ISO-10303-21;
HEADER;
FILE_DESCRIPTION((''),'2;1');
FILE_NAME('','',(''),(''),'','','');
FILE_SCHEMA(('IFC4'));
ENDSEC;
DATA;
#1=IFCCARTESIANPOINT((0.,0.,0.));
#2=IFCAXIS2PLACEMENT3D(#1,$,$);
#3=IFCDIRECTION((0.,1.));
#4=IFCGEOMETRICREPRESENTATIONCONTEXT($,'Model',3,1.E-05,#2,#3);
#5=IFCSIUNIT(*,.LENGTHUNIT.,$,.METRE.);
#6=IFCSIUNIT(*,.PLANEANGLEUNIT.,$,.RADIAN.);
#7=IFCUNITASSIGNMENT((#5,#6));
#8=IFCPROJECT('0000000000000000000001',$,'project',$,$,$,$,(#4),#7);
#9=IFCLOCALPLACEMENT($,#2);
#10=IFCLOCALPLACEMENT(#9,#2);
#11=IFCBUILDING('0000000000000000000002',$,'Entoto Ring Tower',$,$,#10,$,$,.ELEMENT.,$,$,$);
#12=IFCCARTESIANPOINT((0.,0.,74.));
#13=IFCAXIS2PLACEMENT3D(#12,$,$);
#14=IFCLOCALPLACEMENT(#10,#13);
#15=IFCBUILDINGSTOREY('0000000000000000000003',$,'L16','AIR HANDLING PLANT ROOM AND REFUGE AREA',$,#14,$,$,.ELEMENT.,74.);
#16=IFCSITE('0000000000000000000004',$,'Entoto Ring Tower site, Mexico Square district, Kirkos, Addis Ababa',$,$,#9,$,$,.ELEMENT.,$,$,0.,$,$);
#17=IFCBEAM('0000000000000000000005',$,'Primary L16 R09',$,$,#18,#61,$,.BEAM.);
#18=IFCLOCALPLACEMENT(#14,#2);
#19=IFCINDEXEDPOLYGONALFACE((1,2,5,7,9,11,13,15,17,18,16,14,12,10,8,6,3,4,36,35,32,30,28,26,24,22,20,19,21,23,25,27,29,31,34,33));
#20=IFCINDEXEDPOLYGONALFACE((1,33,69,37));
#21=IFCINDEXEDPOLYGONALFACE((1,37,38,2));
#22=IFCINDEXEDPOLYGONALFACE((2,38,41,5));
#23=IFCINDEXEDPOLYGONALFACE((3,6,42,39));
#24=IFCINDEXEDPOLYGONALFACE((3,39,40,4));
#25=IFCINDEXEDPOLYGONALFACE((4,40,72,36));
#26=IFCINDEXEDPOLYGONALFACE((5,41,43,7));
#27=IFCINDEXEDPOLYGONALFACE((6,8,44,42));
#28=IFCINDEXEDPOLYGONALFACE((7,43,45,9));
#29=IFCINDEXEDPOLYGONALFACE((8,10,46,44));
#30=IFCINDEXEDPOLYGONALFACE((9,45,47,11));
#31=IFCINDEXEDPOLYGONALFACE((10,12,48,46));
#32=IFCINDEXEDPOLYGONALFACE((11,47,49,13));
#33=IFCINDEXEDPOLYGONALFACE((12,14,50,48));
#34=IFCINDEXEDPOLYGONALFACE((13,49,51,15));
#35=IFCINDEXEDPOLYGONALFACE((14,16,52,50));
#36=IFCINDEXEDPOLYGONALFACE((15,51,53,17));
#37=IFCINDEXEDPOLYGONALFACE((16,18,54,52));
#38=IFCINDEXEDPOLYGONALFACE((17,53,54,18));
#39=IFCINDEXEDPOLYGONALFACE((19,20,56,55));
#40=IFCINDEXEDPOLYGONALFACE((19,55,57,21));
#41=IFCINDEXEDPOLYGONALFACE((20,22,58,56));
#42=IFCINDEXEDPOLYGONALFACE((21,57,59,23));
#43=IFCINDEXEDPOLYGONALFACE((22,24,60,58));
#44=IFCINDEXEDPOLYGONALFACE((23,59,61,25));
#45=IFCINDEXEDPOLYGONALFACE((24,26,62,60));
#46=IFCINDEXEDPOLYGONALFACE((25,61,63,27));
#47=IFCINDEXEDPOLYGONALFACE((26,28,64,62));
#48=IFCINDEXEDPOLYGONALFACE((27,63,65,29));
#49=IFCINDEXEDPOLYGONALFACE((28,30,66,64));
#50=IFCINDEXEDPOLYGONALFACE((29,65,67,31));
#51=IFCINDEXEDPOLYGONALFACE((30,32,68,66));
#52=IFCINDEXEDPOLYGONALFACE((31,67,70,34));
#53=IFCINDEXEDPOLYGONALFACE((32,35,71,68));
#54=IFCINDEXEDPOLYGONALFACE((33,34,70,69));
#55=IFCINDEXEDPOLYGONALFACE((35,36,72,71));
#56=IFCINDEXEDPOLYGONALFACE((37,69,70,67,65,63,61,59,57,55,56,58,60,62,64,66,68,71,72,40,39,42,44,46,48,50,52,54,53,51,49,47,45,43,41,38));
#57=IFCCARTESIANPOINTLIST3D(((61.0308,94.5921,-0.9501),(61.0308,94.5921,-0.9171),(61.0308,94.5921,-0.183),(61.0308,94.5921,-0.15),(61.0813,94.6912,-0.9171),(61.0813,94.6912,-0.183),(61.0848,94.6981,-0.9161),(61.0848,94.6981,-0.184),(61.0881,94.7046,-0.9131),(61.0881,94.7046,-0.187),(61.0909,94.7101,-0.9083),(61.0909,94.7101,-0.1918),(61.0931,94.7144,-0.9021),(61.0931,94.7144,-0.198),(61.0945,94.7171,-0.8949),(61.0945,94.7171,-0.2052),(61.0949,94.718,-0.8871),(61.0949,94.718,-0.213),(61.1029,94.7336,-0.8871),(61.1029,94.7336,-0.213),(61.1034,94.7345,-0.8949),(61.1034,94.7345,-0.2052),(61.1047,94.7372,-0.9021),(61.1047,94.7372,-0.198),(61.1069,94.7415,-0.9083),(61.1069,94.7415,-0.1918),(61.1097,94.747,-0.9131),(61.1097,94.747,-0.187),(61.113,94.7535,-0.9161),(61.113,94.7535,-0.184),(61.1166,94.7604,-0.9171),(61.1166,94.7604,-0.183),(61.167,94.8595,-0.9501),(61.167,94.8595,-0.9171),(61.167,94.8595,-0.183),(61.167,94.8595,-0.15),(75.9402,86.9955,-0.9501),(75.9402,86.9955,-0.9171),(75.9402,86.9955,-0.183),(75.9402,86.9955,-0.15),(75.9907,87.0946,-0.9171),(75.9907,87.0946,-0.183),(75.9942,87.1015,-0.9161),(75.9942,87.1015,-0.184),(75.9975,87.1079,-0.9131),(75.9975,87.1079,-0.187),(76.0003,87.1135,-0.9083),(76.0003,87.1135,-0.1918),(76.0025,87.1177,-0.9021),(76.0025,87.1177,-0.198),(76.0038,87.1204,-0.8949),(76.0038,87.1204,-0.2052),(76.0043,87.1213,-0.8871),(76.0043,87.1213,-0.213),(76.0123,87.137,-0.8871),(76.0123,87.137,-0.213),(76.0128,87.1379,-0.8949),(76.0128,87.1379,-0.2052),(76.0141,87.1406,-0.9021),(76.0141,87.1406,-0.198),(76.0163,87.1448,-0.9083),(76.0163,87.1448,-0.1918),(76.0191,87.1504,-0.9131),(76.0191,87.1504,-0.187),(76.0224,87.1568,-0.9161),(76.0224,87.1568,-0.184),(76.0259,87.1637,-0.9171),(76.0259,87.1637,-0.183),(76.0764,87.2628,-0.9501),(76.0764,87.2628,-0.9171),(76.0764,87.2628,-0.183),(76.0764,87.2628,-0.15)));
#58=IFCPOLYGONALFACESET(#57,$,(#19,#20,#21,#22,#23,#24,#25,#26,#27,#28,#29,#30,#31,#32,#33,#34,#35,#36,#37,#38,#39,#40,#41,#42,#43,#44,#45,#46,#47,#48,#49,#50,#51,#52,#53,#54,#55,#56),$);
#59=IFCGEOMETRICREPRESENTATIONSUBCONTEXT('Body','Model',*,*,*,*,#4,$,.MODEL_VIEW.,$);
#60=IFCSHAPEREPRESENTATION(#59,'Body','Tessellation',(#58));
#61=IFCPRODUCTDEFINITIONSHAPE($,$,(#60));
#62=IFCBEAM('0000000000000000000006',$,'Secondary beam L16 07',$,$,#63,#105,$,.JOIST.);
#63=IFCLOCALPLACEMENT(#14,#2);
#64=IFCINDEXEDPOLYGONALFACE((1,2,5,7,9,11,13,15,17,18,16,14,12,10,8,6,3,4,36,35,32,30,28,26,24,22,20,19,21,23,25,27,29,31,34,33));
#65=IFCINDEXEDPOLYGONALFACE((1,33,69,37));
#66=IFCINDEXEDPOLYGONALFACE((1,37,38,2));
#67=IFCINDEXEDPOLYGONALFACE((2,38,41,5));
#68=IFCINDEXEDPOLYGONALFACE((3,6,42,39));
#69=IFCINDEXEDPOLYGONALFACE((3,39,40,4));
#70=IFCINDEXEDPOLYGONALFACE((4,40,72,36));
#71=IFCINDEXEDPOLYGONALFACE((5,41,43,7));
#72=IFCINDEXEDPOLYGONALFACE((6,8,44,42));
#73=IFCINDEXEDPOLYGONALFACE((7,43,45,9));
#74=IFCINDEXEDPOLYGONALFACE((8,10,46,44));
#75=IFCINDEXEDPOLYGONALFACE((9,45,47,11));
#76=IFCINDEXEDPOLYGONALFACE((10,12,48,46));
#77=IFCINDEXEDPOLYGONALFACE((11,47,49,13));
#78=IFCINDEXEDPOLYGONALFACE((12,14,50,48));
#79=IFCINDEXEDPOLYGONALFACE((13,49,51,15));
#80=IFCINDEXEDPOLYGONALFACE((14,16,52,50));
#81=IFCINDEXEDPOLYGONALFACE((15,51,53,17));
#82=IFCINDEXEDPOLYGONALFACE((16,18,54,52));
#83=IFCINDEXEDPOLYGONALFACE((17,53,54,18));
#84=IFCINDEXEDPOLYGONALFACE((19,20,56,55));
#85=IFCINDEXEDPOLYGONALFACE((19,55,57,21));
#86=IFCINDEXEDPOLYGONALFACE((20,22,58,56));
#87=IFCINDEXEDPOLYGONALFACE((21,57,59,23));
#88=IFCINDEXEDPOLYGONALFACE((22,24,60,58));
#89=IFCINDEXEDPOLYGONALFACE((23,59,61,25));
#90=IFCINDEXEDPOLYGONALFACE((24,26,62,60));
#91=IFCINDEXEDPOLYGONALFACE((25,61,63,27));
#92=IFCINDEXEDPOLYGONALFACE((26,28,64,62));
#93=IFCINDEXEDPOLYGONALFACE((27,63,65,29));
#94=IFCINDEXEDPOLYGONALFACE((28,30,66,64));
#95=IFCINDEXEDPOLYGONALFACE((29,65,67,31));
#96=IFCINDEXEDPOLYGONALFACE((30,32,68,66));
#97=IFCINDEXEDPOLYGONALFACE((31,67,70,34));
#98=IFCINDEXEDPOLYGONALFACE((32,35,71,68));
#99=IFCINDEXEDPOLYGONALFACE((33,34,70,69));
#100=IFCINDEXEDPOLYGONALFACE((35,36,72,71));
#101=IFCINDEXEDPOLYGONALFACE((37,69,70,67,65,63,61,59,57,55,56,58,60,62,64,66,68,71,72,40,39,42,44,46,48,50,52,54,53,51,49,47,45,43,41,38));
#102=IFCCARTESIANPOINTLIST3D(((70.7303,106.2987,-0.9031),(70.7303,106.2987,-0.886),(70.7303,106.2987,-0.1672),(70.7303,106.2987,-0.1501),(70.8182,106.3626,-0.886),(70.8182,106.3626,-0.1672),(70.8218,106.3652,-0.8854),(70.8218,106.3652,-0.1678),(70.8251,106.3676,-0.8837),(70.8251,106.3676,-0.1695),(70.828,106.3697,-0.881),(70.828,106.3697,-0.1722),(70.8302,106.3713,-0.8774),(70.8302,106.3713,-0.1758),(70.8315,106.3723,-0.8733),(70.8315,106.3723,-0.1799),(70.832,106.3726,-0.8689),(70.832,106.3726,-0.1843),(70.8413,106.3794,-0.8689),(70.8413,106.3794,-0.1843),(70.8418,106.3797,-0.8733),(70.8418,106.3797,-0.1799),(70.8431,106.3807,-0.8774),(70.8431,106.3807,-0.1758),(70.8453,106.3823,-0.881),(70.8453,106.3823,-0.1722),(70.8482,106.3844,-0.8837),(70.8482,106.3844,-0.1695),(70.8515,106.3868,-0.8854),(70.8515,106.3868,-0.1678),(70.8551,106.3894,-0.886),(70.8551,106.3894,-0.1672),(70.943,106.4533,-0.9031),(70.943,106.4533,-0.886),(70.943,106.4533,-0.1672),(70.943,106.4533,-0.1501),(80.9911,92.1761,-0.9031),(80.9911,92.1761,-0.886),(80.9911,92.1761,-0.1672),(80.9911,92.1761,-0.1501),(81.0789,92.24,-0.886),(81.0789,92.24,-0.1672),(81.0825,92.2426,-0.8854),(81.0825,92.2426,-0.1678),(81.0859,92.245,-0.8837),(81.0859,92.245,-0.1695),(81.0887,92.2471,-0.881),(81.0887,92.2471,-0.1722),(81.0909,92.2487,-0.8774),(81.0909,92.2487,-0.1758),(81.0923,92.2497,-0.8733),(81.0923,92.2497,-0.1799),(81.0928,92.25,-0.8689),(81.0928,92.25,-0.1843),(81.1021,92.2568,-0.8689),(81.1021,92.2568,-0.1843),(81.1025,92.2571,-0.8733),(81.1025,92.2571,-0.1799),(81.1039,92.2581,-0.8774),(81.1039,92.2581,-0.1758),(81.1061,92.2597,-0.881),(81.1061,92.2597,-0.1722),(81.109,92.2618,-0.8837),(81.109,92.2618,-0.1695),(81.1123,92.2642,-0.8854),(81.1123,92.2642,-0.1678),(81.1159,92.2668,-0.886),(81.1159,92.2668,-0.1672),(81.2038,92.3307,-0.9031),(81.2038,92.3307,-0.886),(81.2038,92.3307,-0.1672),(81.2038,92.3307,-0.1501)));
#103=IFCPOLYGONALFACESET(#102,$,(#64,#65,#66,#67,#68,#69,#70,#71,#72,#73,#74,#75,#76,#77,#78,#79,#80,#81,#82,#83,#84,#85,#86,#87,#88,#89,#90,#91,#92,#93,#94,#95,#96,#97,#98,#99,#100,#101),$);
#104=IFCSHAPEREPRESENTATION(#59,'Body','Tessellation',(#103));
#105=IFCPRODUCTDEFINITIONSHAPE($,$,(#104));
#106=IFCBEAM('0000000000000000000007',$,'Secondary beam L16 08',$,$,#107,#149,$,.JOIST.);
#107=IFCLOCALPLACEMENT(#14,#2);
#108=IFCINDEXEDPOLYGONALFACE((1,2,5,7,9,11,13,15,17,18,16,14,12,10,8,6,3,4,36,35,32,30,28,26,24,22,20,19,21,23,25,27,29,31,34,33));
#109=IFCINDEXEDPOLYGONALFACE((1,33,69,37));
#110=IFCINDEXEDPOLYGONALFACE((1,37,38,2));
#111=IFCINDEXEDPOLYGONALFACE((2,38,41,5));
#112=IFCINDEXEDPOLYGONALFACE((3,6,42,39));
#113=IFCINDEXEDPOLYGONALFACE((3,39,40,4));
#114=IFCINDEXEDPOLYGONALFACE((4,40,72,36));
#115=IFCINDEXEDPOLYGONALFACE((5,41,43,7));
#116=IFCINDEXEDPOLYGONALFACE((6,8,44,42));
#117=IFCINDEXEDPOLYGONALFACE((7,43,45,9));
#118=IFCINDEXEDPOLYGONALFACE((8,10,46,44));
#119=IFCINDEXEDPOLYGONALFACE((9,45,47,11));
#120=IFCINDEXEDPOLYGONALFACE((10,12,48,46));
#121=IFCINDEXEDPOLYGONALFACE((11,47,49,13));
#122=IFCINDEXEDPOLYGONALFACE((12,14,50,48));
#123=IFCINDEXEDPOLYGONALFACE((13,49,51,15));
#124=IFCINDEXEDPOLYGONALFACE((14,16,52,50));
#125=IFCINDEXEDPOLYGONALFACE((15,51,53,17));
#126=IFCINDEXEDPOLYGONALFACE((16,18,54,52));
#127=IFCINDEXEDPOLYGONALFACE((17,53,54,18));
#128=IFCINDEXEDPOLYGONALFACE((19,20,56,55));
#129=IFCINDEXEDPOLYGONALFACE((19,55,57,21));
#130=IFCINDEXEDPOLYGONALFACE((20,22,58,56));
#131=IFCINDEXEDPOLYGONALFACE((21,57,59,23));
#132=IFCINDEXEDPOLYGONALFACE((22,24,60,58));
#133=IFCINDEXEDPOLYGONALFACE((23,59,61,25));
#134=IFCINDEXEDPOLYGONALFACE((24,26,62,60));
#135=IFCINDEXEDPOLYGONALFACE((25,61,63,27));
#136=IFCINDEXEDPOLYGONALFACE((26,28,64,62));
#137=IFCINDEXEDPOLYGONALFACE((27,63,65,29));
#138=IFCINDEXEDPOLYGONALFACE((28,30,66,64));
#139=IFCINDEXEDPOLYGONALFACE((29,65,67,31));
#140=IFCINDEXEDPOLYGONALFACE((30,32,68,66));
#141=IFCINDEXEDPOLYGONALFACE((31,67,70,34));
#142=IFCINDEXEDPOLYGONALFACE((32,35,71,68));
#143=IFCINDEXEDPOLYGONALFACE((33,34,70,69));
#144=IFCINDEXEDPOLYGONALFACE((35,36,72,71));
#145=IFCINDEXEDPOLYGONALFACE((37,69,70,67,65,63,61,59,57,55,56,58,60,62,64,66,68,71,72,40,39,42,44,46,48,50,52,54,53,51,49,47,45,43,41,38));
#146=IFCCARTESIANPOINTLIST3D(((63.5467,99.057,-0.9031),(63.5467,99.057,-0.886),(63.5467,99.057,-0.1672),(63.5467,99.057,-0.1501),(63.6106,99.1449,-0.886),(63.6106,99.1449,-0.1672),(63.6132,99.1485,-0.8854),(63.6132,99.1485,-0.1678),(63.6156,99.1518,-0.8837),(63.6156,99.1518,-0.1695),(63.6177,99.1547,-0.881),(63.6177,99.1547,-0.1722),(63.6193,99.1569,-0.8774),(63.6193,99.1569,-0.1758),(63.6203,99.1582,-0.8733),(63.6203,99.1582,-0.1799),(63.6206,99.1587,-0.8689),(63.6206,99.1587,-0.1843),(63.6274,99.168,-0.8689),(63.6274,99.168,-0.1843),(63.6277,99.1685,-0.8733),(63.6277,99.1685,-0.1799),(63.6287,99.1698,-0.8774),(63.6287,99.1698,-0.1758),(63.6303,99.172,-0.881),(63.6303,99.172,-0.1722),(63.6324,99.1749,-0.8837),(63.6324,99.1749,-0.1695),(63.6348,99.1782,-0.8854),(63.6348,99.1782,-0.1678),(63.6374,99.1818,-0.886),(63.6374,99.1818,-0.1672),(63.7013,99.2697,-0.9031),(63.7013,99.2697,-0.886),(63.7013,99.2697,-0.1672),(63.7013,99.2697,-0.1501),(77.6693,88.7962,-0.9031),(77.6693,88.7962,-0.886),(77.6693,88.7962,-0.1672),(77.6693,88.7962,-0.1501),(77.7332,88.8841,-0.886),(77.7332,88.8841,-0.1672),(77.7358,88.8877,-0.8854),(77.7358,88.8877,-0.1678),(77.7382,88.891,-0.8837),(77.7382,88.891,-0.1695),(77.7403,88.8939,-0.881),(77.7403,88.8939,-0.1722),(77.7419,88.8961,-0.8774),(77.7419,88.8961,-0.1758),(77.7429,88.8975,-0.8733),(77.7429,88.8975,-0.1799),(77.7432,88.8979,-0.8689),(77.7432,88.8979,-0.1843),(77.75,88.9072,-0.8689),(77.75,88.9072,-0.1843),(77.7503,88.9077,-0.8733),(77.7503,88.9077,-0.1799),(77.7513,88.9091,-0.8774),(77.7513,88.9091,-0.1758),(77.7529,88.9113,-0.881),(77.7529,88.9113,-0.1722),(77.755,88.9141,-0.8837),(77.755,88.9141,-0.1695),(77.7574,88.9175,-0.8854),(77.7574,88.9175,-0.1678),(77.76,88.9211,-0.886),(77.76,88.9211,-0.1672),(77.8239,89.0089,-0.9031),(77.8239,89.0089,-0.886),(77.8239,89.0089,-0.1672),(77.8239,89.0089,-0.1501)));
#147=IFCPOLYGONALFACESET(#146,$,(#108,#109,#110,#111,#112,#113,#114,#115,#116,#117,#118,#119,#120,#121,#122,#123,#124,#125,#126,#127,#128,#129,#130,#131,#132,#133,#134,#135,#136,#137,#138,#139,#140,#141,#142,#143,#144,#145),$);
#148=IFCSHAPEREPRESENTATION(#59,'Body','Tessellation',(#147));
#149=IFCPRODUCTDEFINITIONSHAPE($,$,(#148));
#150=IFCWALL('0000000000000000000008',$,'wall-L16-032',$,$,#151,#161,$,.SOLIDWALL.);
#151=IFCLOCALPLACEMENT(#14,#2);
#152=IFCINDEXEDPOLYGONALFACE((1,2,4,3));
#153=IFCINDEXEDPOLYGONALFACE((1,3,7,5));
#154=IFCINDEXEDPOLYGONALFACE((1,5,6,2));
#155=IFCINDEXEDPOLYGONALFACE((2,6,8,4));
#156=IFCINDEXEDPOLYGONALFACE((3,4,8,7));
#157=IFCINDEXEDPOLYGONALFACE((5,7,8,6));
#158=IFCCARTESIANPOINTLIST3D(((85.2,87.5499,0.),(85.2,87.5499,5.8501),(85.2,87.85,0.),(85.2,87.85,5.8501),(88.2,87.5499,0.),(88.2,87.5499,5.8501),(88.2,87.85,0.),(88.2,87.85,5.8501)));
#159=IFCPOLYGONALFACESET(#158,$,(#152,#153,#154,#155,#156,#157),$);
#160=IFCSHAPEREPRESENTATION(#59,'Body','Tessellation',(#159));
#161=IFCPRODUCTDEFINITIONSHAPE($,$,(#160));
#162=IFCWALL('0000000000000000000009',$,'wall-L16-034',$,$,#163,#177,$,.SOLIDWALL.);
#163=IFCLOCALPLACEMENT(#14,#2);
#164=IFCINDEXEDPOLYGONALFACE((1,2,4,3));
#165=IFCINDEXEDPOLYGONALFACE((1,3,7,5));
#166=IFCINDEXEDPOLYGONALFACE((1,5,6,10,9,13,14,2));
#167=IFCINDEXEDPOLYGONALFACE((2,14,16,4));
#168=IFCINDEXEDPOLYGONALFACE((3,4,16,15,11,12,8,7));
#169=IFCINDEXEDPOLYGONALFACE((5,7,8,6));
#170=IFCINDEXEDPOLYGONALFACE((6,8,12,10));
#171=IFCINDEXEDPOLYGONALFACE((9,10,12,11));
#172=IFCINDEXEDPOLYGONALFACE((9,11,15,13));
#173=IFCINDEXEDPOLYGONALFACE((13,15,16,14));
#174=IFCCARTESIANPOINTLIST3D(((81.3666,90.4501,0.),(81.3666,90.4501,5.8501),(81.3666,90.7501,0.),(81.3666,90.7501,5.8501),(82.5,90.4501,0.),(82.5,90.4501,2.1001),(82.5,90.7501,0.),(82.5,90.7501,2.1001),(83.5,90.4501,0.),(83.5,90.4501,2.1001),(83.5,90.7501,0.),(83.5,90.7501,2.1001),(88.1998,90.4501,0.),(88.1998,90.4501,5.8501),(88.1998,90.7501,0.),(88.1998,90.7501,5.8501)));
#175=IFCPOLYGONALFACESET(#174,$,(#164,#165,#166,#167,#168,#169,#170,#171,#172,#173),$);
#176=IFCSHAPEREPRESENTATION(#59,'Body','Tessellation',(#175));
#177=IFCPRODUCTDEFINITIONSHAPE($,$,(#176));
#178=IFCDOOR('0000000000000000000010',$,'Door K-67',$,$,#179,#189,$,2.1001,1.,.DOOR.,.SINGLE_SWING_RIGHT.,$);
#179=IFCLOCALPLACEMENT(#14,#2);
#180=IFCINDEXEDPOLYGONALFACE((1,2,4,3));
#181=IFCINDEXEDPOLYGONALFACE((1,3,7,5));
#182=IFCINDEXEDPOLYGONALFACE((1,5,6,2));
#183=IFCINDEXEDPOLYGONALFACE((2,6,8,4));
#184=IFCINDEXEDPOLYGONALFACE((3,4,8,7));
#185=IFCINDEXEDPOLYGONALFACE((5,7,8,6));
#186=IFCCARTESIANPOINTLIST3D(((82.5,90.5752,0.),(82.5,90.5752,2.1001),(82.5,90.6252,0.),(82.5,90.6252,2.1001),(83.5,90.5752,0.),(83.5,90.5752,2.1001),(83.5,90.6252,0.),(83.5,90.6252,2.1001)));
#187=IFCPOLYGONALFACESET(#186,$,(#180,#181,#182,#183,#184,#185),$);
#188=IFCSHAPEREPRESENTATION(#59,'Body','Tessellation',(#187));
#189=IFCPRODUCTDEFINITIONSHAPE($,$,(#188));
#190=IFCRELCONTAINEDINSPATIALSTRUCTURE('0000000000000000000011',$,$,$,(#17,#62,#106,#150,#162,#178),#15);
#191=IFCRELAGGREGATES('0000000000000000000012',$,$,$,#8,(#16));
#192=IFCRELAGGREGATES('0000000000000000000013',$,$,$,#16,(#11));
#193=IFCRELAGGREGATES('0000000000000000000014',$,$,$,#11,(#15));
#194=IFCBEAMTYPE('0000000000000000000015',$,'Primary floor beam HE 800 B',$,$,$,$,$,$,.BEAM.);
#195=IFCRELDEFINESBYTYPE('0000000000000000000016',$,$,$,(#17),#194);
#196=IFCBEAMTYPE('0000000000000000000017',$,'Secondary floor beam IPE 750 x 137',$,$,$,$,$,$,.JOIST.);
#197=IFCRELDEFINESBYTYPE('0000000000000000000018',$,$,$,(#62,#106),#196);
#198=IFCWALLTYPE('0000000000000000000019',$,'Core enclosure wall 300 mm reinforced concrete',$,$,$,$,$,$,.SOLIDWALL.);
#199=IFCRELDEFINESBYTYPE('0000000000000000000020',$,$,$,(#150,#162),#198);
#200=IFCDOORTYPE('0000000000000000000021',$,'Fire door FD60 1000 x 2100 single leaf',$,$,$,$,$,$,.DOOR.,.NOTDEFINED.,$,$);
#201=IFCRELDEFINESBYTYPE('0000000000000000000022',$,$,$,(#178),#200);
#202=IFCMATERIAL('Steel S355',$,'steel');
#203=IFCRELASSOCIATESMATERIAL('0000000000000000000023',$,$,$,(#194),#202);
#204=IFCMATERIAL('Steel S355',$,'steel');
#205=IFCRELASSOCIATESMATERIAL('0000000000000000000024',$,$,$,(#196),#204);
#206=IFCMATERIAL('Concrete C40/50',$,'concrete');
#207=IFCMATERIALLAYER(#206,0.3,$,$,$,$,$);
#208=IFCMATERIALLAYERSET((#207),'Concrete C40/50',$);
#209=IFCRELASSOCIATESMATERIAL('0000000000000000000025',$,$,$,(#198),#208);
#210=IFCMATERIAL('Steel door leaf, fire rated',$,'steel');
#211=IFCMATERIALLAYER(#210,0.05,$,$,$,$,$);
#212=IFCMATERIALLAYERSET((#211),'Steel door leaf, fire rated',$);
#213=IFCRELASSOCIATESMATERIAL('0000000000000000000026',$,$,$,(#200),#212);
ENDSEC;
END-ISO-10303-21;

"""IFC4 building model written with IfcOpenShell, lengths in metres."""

from ifc_helpers import new_model, si_unit, direction, frame, frame_2d, origin, origin_2d, place, context, subcontext, project, spatial, rectangle, i_section, extrude, material, layer, layer_set, material_profile, profile_set, type_object, element, fill, save


model = new_model("IFC4")

# Units and contexts
model_context = context("Model", 3, precision=1e-05, world=origin(), true_north=direction((0.0, 1.0)))
body_context = subcontext(model_context, "Body", "Model", "MODEL_VIEW")
ifc_project = project(units=[si_unit("LENGTHUNIT", "METRE"), si_unit("PLANEANGLEUNIT", "RADIAN")], contexts=[model_context])

# Site, building, storey
site_placement = place(None, origin())
site = spatial("IfcSite", under=ifc_project, at=site_placement, Name="Entoto Ring Tower site, Mexico Square district, Kirkos, Addis Ababa", CompositionType="ELEMENT", RefElevation=0.0)
building_placement = place(site_placement, origin())
building = spatial("IfcBuilding", under=site, at=building_placement, Name="Entoto Ring Tower", CompositionType="ELEMENT")
storey_placement = place(building_placement, frame((0.0, 0.0, 74.0)))
storey = spatial("IfcBuildingStorey", under=building, at=storey_placement, Name="L16", Description="AIR HANDLING PLANT ROOM AND REFUGE AREA", CompositionType="ELEMENT", Elevation=74.0)

# Beams
ifc_material_1 = material(Name="Steel S355", Category="steel")
ifc_material_profile_1 = material_profile(ifc_material_1, i_section(OverallWidth=0.3, OverallDepth=0.8, WebThickness=0.0176, FlangeThickness=0.033, FilletRadius=0.03, at=origin_2d()), Name="HE 800 B")
ifc_profile_set_1 = profile_set([ifc_material_profile_1], Name="Steel S355")
beam_type_1 = type_object("IfcBeamType", Name="Primary floor beam HE 800 B", PredefinedType="BEAM", material=ifc_profile_set_1)
beam_1_placement = place(storey_placement, frame((76.0083, 87.1292, -0.55), z_axis=(-0.891008, 0.453988, 0.0), x_axis=(-0.453988, -0.891008, 0.0)))
element("IfcBeam", 1, at=beam_1_placement, inside=storey, type_object=beam_type_1, Name="Primary L16 R09", PredefinedType="BEAM", context=body_context, shape_type="SweptSolid", body=[
    extrude(i_section(OverallWidth=0.3, OverallDepth=0.8, WebThickness=0.0176, FlangeThickness=0.033, FilletRadius=0.03, at=origin_2d()), origin(), (0.0, 0.0, 1.0), 16.7332),
])
ifc_material_2 = material(Name="Steel S355", Category="steel")
ifc_material_profile_2 = material_profile(ifc_material_2, i_section(OverallWidth=0.2629, OverallDepth=0.7529, WebThickness=0.0115, FlangeThickness=0.0171, FilletRadius=0.0171, at=origin_2d()), Name="IPE 750 x 137")
ifc_profile_set_2 = profile_set([ifc_material_profile_2], Name="Steel S355")
beam_type_2 = type_object("IfcBeamType", Name="Secondary floor beam IPE 750 x 137", PredefinedType="JOIST", material=ifc_profile_set_2)
for number, where, z_axis, x_axis, name in (
    (2, (81.0974, 92.2534, -0.5266), (-0.587789, 0.809014, 0.0), (-0.809014, -0.587789, 0.0), "Secondary beam L16 07"),
    (3, (77.7466, 88.9026, -0.5266), (-0.809014, 0.587789, 0.0), (-0.587789, -0.809014, 0.0), "Secondary beam L16 08"),
):
    element("IfcBeam", number, at=place(storey_placement, frame(where, z_axis=z_axis, x_axis=x_axis)), inside=storey, type_object=beam_type_2, Name=name, PredefinedType="JOIST", context=body_context, shape_type="SweptSolid", body=[
        extrude(i_section(OverallWidth=0.2629, OverallDepth=0.7529, WebThickness=0.0115, FlangeThickness=0.0171, FilletRadius=0.0171, at=origin_2d()), origin(), (0.0, 0.0, 1.0), 17.4565),
    ])

# Wall
ifc_material_3 = material(Name="Concrete C40/50", Category="concrete")
ifc_layer_1 = layer(ifc_material_3, 0.3)
ifc_layer_set_1 = layer_set([ifc_layer_1], Name="Concrete C40/50")
wall_type = type_object("IfcWallType", Name="Core enclosure wall 300 mm reinforced concrete", PredefinedType="SOLIDWALL", material=ifc_layer_set_1)
wall_1_placement = place(storey_placement, frame((85.2, 87.7, 0.0), z_axis=(0.0, 0.0, 1.0), x_axis=(1.0, 0.0, 0.0)))
element("IfcWall", 4, at=wall_1_placement, inside=storey, type_object=wall_type, Name="wall-L16-032", PredefinedType="SOLIDWALL", context=body_context, shape_type="SweptSolid", body=[
    extrude(rectangle(XDim=3.0, YDim=0.3, at=frame_2d((1.5, 0.0))), origin(), (0.0, 0.0, 1.0), 5.8501),
])

# Wall, opening, door
wall_2_placement = place(storey_placement, frame((81.3667, 90.6001, 0.0), z_axis=(0.0, 0.0, 1.0), x_axis=(1.0, 0.0, 0.0)))
wall_2 = element("IfcWall", 5, at=wall_2_placement, inside=storey, type_object=wall_type, Name="wall-L16-034", PredefinedType="SOLIDWALL", context=body_context, shape_type="SweptSolid", body=[
    extrude(rectangle(XDim=6.8333, YDim=0.3, at=frame_2d((3.4165, 0.0))), origin(), (0.0, 0.0, 1.0), 5.8501),
])
opening_placement = place(wall_2_placement, frame((1.1333, 0.0, 0.0)))
opening = element("IfcOpeningElement", 6, at=opening_placement, cuts=wall_2, PredefinedType="OPENING", context=body_context, shape_type="SweptSolid", body=[
    extrude(rectangle(XDim=1.0, YDim=2.1001, at=frame_2d((0.5, 1.05))), frame((0.0, 0.1602, 0.0), z_axis=(0.0, -1.0, 0.0), x_axis=(1.0, 0.0, 0.0)), (0.0, 0.0, 1.0), 0.3201),
])
ifc_material_4 = material(Name="Steel door leaf, fire rated", Category="steel")
ifc_layer_2 = layer(ifc_material_4, 0.05)
ifc_layer_set_2 = layer_set([ifc_layer_2], Name="Steel door leaf, fire rated")
door_type = type_object("IfcDoorType", Name="Fire door FD60 1000 x 2100 single leaf", OperationType="NOTDEFINED", PredefinedType="DOOR", material=ifc_layer_set_2)
door_placement = place(opening_placement, frame((1.0, 0.0, 0.0), z_axis=(0.0, 0.0, 1.0), x_axis=(-1.0, 0.0, 0.0)))
door = element("IfcDoor", 7, at=door_placement, inside=storey, type_object=door_type, Name="Door K-67", OperationType="SINGLE_SWING_RIGHT", OverallHeight=2.1001, OverallWidth=1.0, PredefinedType="DOOR", context=body_context, shape_type="SweptSolid", body=[
    extrude(rectangle(XDim=1.0, YDim=2.1001, at=frame_2d((0.5, 1.05))), frame((0.0, 0.0249, 0.0), z_axis=(0.0, -1.0, 0.0), x_axis=(1.0, 0.0, 0.0)), (0.0, 0.0, 1.0), 0.05),
])
fill(opening, door)

save(model, "model.ifc")
